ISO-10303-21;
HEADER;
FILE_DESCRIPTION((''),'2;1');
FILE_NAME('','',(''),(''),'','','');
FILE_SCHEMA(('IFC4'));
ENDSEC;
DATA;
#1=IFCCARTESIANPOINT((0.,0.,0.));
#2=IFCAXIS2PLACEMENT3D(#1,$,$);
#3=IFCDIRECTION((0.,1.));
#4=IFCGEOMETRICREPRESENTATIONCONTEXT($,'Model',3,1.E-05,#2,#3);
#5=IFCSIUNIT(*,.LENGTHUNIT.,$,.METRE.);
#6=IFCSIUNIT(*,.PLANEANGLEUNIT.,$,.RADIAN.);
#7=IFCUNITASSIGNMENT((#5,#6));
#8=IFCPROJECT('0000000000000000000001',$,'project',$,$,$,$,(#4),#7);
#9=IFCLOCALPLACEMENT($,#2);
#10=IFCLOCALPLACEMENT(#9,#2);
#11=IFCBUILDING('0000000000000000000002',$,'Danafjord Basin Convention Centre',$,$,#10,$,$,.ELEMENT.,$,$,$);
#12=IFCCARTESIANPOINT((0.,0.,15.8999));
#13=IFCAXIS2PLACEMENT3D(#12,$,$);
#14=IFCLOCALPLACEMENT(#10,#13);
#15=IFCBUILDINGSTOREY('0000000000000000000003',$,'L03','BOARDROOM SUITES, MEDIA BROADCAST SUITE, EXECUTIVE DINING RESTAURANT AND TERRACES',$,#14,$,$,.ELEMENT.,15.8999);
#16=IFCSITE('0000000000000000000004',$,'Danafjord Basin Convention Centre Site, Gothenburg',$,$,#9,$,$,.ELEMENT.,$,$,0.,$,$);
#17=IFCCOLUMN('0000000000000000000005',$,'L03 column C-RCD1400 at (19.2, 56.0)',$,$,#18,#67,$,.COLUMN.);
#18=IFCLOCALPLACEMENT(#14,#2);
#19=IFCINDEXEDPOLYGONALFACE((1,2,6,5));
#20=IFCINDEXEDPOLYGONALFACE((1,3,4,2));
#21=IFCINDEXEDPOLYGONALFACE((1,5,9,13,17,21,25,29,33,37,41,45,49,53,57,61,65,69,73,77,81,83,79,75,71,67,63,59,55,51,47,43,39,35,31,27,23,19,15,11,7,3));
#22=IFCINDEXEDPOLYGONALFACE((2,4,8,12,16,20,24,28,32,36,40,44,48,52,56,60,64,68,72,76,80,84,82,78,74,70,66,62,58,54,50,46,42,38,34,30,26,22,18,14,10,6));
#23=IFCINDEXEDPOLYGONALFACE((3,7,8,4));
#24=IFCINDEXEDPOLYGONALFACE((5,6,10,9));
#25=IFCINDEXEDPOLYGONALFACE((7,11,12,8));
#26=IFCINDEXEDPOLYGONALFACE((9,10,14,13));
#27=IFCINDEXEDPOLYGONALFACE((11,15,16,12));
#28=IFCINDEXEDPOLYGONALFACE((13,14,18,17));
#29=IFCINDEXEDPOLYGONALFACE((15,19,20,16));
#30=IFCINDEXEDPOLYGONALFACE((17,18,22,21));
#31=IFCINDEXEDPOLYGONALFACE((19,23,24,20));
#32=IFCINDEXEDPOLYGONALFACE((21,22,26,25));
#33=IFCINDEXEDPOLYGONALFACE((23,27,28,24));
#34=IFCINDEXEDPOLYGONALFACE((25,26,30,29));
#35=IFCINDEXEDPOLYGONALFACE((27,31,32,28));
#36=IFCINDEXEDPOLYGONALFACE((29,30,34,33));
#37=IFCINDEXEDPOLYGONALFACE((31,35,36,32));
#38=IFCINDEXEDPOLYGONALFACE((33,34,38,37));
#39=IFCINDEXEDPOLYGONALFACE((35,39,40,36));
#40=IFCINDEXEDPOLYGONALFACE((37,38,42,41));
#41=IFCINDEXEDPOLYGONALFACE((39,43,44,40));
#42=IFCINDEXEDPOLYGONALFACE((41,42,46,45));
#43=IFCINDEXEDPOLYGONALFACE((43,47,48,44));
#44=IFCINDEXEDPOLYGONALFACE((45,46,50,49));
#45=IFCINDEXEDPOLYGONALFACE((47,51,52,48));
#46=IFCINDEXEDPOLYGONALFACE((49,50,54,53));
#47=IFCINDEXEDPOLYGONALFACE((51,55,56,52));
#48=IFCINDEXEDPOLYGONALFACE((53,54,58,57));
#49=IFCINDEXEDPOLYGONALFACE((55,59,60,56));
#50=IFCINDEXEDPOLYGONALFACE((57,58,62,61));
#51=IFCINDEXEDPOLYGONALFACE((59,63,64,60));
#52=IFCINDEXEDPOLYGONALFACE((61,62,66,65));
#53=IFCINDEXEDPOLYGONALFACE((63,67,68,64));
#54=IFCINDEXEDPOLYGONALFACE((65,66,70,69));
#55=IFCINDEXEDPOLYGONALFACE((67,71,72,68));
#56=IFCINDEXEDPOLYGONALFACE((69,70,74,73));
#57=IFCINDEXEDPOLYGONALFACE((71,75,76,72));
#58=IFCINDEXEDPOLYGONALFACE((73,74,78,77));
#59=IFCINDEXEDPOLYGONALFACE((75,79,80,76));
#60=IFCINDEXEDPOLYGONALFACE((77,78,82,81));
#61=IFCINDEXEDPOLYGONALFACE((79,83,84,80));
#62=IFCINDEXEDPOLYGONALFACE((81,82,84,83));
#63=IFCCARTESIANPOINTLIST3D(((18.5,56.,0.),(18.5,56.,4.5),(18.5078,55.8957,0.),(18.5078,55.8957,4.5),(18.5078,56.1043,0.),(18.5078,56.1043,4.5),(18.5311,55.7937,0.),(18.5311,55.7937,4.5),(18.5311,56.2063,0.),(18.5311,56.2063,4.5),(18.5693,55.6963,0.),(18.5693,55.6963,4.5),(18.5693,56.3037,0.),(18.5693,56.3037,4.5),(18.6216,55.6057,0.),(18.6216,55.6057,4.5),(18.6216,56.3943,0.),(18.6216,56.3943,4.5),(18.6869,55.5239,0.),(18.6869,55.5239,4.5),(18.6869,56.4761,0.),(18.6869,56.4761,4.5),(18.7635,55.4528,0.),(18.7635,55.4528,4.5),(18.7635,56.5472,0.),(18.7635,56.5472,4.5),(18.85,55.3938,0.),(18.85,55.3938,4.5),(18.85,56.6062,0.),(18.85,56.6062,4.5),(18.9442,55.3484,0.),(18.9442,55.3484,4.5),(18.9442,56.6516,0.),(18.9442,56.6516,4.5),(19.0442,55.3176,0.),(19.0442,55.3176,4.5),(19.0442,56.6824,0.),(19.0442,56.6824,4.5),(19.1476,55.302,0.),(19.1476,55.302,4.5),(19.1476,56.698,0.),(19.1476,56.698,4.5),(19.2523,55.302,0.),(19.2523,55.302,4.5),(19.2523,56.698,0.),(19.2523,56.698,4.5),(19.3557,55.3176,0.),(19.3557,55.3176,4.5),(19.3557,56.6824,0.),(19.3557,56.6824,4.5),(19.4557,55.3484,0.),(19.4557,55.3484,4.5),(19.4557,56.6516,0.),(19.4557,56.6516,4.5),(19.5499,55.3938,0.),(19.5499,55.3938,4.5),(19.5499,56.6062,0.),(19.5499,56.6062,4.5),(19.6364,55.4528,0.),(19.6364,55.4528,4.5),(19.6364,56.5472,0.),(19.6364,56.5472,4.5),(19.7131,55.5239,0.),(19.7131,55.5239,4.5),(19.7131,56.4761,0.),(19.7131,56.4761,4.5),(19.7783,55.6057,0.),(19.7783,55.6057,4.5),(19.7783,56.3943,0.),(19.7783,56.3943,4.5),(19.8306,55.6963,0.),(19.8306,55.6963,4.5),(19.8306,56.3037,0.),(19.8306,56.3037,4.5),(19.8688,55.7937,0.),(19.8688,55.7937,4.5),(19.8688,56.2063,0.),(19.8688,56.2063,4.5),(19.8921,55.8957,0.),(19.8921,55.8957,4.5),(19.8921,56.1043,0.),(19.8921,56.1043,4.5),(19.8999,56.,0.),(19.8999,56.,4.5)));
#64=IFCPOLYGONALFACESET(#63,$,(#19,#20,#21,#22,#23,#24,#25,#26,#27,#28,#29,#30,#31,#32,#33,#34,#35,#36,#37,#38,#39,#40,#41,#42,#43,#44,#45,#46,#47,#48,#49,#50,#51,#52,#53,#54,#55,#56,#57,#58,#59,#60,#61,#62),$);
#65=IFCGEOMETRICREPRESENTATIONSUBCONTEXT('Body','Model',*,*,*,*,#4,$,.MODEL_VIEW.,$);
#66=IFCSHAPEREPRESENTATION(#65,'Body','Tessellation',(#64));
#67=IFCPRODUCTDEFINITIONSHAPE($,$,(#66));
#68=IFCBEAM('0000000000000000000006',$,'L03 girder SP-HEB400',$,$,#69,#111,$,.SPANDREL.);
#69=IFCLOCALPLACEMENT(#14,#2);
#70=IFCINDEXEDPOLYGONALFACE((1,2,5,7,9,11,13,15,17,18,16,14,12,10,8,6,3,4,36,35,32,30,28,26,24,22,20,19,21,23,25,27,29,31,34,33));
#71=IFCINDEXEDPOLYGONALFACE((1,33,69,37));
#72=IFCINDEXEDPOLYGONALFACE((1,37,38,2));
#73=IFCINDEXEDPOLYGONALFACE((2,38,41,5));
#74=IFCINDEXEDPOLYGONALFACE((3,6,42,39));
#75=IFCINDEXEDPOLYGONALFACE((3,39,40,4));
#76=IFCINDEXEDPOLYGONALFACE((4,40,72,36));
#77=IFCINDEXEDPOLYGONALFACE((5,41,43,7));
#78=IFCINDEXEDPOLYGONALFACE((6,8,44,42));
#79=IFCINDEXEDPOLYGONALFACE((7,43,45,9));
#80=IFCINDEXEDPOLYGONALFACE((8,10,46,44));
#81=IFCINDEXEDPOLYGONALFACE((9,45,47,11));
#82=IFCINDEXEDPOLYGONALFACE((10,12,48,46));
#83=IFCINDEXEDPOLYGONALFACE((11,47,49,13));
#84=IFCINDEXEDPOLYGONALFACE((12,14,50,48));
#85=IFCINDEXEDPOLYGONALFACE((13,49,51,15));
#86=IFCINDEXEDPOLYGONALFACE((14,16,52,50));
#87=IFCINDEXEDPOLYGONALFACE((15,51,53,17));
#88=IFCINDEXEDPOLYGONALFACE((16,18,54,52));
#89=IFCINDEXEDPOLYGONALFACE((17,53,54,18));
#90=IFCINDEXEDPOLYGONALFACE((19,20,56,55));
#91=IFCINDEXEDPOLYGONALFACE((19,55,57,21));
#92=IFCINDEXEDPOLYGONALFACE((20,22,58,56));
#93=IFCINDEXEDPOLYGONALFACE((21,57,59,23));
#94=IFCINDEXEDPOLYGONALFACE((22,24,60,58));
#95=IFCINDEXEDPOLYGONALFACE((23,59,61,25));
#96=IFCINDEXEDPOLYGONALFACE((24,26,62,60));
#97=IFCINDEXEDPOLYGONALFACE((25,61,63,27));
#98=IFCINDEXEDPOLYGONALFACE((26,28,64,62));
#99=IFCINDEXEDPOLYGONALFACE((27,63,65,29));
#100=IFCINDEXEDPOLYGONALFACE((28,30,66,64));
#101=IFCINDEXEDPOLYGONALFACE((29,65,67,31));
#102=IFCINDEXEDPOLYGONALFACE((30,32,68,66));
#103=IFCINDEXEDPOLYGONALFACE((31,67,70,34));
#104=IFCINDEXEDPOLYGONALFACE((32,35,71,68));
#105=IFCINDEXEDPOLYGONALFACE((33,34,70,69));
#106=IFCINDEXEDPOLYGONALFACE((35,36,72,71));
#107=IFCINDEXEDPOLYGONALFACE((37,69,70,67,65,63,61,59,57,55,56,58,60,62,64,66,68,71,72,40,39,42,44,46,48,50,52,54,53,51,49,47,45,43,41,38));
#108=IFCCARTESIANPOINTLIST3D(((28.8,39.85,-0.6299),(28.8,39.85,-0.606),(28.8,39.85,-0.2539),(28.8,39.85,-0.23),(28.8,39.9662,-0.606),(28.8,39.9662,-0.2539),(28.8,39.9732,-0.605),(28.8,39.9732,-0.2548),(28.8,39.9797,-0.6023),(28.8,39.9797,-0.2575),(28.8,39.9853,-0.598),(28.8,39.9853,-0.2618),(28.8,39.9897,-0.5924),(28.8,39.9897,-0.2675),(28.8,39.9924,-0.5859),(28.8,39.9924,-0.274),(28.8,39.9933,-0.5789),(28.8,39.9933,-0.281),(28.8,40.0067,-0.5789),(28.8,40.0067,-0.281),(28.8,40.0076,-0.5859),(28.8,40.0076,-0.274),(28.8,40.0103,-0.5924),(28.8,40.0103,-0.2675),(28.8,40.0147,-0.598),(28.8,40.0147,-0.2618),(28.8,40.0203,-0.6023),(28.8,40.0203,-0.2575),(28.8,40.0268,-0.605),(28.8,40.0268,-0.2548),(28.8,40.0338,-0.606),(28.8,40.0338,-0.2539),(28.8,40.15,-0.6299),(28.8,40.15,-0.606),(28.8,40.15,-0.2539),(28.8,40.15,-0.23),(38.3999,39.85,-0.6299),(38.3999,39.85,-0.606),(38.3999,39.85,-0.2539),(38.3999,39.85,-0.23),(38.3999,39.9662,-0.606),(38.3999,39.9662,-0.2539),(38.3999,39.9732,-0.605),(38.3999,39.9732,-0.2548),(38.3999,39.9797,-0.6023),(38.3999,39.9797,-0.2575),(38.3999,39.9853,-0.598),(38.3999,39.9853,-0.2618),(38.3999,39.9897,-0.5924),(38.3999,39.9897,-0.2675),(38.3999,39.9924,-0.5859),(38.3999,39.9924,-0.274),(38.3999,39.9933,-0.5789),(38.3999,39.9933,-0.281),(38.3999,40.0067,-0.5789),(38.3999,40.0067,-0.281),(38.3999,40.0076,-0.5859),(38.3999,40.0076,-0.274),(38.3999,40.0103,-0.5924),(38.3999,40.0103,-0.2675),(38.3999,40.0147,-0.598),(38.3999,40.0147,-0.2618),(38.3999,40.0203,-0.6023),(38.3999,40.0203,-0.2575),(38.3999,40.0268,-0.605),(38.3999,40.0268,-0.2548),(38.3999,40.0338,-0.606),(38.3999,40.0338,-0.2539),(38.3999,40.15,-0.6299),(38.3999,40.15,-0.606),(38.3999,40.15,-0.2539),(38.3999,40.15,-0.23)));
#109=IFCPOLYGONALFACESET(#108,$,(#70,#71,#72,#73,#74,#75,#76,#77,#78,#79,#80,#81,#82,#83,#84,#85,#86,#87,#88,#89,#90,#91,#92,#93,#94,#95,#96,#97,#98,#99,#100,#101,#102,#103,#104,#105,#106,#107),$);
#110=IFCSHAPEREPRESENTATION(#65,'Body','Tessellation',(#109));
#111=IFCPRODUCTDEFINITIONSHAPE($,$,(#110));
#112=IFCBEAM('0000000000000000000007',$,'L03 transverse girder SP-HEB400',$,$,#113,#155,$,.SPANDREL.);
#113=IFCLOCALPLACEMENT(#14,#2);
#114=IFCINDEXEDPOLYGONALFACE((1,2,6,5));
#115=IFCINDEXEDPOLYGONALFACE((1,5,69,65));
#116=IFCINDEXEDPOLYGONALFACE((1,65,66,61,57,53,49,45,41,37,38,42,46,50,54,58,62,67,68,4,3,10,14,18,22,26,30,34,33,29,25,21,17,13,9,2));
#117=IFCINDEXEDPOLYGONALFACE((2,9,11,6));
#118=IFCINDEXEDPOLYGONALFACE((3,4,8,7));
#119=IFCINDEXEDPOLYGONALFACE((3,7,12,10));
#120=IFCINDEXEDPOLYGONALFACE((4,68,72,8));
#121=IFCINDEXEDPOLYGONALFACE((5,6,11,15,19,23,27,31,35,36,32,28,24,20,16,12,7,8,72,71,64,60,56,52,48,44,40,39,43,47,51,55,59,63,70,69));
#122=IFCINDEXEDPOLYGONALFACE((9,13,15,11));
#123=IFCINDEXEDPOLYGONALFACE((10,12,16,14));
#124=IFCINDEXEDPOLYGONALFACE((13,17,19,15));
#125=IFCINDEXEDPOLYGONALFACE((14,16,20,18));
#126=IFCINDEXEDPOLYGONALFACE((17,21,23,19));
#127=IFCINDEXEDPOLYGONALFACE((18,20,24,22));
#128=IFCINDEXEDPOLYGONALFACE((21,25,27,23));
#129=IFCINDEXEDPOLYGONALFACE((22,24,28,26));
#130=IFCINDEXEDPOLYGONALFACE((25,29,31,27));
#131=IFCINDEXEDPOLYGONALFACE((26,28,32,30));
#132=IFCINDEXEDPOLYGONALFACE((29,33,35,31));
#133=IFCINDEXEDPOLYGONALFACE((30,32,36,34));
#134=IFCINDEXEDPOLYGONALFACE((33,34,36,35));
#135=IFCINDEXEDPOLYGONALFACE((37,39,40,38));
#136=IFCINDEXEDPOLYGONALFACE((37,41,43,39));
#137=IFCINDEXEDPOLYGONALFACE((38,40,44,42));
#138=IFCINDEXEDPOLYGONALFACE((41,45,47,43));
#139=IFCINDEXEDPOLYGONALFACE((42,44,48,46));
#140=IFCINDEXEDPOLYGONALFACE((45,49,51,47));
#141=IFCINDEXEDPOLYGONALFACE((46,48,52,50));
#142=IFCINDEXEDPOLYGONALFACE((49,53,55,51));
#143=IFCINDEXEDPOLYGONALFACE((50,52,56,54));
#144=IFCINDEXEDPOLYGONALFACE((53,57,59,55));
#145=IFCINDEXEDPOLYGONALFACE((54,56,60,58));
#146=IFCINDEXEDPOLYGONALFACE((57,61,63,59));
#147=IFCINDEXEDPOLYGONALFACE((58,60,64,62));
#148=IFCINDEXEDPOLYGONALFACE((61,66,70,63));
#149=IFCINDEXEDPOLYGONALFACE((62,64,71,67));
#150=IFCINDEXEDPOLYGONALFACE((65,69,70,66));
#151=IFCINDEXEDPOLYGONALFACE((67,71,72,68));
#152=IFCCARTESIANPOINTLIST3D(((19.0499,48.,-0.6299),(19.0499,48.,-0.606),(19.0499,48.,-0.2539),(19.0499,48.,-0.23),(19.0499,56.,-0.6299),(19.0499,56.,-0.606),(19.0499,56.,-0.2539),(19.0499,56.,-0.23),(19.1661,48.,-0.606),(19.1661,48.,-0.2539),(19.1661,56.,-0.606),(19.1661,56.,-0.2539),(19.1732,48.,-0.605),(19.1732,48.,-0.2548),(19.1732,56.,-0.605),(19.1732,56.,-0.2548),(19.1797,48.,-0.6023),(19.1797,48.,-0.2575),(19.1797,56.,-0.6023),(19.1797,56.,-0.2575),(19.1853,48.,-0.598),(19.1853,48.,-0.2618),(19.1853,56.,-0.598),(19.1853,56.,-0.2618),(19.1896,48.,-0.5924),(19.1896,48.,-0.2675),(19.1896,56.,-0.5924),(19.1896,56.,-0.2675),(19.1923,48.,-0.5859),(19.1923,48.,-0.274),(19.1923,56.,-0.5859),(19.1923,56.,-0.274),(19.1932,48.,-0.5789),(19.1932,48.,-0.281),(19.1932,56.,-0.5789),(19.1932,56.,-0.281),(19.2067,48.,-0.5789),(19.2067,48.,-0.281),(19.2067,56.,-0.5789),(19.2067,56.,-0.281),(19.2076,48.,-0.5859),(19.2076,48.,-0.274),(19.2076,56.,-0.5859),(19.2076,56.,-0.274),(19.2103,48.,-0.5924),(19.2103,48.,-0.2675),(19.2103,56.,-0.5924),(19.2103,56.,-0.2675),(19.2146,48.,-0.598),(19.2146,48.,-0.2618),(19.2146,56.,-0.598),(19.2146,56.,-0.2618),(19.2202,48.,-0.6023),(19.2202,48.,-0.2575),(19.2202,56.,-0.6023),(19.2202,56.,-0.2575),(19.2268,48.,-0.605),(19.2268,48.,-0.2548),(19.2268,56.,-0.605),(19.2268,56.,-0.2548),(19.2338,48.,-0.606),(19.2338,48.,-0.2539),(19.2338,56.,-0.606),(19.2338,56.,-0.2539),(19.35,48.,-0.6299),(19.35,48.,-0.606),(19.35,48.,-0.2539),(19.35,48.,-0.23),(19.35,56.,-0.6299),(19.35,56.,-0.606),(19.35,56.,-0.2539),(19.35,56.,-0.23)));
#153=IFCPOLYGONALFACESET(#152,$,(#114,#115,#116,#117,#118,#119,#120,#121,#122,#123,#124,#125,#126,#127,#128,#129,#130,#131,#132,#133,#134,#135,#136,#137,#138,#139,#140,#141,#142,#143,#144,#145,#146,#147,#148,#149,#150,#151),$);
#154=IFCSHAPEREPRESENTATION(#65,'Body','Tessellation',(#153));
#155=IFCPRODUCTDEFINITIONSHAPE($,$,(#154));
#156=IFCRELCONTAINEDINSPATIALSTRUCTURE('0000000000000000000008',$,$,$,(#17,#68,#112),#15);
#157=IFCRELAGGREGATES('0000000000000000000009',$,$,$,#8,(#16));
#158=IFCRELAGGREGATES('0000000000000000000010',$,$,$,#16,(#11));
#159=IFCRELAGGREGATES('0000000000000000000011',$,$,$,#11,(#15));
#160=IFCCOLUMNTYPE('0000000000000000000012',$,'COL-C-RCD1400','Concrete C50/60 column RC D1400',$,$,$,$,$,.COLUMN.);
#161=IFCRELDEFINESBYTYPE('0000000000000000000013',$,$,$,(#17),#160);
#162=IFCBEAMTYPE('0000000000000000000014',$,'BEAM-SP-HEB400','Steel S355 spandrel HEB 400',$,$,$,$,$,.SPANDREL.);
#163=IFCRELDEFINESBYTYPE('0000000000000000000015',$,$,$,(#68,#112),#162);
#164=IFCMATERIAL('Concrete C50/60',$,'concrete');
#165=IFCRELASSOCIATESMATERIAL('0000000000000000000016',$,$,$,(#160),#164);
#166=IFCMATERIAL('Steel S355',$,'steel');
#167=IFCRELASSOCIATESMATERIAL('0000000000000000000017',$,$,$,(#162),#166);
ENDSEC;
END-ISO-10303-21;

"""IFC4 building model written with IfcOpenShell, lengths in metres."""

from ifc_helpers import new_model, si_unit, direction, frame, origin, origin_2d, place, context, subcontext, project, spatial, circle, i_section, extrude, material, material_profile, profile_set, type_object, element, save


model = new_model("IFC4")

# Units and contexts
model_context = context("Model", 3, precision=1e-05, world=origin(), true_north=direction((0.0, 1.0)))
body_context = subcontext(model_context, "Body", "Model", "MODEL_VIEW")
ifc_project = project(units=[si_unit("LENGTHUNIT", "METRE"), si_unit("PLANEANGLEUNIT", "RADIAN")], contexts=[model_context])

# Site, building, storey
site_placement = place(None, origin())
site = spatial("IfcSite", under=ifc_project, at=site_placement, Name="Danafjord Basin Convention Centre Site, Gothenburg", CompositionType="ELEMENT", RefElevation=0.0)
building_placement = place(site_placement, origin())
building = spatial("IfcBuilding", under=site, at=building_placement, Name="Danafjord Basin Convention Centre", CompositionType="ELEMENT")
storey_placement = place(building_placement, frame((0.0, 0.0, 15.8999)))
storey = spatial("IfcBuildingStorey", under=building, at=storey_placement, Name="L03", Description="BOARDROOM SUITES, MEDIA BROADCAST SUITE, EXECUTIVE DINING RESTAURANT AND TERRACES", CompositionType="ELEMENT", Elevation=15.8999)

# Column
ifc_material_1 = material(Name="Steel S355", Category="steel")
ifc_material_2 = material(Name="Concrete C50/60", Category="concrete")
ifc_material_profile_1 = material_profile(ifc_material_2, circle(Radius=0.7, at=origin_2d()), Name="RC D1400")
ifc_profile_set_1 = profile_set([ifc_material_profile_1], Name="Concrete C50/60")
column_type_1 = type_object("IfcColumnType", Name="COL-C-RCD1400", Description="Concrete C50/60 column RC D1400", PredefinedType="COLUMN", material=ifc_profile_set_1)
column_1_placement = place(storey_placement, frame((19.2, 56.0, 0.0), z_axis=(0.0, 0.0, 1.0), x_axis=(1.0, 0.0, 0.0)))
element("IfcColumn", 1, at=column_1_placement, inside=storey, type_object=column_type_1, Name="L03 column C-RCD1400 at (19.2, 56.0)", PredefinedType="COLUMN", context=body_context, shape_type="SweptSolid", body=[
    extrude(circle(Radius=0.7, at=origin_2d()), origin(), (0.0, 0.0, 1.0), 4.5),
])

# Beams
ifc_material_profile_2 = material_profile(ifc_material_1, i_section(OverallWidth=0.3, OverallDepth=0.3999, WebThickness=0.0134, FlangeThickness=0.0239, FilletRadius=0.0271, at=origin_2d()), Name="HEB 400")
ifc_profile_set_2 = profile_set([ifc_material_profile_2], Name="Steel S355")
beam_type_1 = type_object("IfcBeamType", Name="BEAM-SP-HEB400", Description="Steel S355 spandrel HEB 400", PredefinedType="SPANDREL", material=ifc_profile_set_2)
beam_1_placement = place(storey_placement, frame((28.8, 40.0, -0.4299), z_axis=(1.0, 0.0, 0.0), x_axis=(0.0, 1.0, 0.0)))
element("IfcBeam", 2, at=beam_1_placement, inside=storey, type_object=beam_type_1, Name="L03 girder SP-HEB400", PredefinedType="SPANDREL", context=body_context, shape_type="SweptSolid", body=[
    extrude(i_section(OverallWidth=0.3, OverallDepth=0.3999, WebThickness=0.0134, FlangeThickness=0.0239, FilletRadius=0.0271, at=origin_2d()), origin(), (0.0, 0.0, 1.0), 9.5999),
])
beam_2_placement = place(storey_placement, frame((19.2, 48.0, -0.4299), z_axis=(0.0, 1.0, 0.0), x_axis=(-1.0, 0.0, 0.0)))
element("IfcBeam", 3, at=beam_2_placement, inside=storey, type_object=beam_type_1, Name="L03 transverse girder SP-HEB400", PredefinedType="SPANDREL", context=body_context, shape_type="SweptSolid", body=[
    extrude(i_section(OverallWidth=0.3, OverallDepth=0.3999, WebThickness=0.0134, FlangeThickness=0.0239, FilletRadius=0.0271, at=origin_2d()), origin(), (0.0, 0.0, 1.0), 8.0),
])

save(model, "model.ifc")
